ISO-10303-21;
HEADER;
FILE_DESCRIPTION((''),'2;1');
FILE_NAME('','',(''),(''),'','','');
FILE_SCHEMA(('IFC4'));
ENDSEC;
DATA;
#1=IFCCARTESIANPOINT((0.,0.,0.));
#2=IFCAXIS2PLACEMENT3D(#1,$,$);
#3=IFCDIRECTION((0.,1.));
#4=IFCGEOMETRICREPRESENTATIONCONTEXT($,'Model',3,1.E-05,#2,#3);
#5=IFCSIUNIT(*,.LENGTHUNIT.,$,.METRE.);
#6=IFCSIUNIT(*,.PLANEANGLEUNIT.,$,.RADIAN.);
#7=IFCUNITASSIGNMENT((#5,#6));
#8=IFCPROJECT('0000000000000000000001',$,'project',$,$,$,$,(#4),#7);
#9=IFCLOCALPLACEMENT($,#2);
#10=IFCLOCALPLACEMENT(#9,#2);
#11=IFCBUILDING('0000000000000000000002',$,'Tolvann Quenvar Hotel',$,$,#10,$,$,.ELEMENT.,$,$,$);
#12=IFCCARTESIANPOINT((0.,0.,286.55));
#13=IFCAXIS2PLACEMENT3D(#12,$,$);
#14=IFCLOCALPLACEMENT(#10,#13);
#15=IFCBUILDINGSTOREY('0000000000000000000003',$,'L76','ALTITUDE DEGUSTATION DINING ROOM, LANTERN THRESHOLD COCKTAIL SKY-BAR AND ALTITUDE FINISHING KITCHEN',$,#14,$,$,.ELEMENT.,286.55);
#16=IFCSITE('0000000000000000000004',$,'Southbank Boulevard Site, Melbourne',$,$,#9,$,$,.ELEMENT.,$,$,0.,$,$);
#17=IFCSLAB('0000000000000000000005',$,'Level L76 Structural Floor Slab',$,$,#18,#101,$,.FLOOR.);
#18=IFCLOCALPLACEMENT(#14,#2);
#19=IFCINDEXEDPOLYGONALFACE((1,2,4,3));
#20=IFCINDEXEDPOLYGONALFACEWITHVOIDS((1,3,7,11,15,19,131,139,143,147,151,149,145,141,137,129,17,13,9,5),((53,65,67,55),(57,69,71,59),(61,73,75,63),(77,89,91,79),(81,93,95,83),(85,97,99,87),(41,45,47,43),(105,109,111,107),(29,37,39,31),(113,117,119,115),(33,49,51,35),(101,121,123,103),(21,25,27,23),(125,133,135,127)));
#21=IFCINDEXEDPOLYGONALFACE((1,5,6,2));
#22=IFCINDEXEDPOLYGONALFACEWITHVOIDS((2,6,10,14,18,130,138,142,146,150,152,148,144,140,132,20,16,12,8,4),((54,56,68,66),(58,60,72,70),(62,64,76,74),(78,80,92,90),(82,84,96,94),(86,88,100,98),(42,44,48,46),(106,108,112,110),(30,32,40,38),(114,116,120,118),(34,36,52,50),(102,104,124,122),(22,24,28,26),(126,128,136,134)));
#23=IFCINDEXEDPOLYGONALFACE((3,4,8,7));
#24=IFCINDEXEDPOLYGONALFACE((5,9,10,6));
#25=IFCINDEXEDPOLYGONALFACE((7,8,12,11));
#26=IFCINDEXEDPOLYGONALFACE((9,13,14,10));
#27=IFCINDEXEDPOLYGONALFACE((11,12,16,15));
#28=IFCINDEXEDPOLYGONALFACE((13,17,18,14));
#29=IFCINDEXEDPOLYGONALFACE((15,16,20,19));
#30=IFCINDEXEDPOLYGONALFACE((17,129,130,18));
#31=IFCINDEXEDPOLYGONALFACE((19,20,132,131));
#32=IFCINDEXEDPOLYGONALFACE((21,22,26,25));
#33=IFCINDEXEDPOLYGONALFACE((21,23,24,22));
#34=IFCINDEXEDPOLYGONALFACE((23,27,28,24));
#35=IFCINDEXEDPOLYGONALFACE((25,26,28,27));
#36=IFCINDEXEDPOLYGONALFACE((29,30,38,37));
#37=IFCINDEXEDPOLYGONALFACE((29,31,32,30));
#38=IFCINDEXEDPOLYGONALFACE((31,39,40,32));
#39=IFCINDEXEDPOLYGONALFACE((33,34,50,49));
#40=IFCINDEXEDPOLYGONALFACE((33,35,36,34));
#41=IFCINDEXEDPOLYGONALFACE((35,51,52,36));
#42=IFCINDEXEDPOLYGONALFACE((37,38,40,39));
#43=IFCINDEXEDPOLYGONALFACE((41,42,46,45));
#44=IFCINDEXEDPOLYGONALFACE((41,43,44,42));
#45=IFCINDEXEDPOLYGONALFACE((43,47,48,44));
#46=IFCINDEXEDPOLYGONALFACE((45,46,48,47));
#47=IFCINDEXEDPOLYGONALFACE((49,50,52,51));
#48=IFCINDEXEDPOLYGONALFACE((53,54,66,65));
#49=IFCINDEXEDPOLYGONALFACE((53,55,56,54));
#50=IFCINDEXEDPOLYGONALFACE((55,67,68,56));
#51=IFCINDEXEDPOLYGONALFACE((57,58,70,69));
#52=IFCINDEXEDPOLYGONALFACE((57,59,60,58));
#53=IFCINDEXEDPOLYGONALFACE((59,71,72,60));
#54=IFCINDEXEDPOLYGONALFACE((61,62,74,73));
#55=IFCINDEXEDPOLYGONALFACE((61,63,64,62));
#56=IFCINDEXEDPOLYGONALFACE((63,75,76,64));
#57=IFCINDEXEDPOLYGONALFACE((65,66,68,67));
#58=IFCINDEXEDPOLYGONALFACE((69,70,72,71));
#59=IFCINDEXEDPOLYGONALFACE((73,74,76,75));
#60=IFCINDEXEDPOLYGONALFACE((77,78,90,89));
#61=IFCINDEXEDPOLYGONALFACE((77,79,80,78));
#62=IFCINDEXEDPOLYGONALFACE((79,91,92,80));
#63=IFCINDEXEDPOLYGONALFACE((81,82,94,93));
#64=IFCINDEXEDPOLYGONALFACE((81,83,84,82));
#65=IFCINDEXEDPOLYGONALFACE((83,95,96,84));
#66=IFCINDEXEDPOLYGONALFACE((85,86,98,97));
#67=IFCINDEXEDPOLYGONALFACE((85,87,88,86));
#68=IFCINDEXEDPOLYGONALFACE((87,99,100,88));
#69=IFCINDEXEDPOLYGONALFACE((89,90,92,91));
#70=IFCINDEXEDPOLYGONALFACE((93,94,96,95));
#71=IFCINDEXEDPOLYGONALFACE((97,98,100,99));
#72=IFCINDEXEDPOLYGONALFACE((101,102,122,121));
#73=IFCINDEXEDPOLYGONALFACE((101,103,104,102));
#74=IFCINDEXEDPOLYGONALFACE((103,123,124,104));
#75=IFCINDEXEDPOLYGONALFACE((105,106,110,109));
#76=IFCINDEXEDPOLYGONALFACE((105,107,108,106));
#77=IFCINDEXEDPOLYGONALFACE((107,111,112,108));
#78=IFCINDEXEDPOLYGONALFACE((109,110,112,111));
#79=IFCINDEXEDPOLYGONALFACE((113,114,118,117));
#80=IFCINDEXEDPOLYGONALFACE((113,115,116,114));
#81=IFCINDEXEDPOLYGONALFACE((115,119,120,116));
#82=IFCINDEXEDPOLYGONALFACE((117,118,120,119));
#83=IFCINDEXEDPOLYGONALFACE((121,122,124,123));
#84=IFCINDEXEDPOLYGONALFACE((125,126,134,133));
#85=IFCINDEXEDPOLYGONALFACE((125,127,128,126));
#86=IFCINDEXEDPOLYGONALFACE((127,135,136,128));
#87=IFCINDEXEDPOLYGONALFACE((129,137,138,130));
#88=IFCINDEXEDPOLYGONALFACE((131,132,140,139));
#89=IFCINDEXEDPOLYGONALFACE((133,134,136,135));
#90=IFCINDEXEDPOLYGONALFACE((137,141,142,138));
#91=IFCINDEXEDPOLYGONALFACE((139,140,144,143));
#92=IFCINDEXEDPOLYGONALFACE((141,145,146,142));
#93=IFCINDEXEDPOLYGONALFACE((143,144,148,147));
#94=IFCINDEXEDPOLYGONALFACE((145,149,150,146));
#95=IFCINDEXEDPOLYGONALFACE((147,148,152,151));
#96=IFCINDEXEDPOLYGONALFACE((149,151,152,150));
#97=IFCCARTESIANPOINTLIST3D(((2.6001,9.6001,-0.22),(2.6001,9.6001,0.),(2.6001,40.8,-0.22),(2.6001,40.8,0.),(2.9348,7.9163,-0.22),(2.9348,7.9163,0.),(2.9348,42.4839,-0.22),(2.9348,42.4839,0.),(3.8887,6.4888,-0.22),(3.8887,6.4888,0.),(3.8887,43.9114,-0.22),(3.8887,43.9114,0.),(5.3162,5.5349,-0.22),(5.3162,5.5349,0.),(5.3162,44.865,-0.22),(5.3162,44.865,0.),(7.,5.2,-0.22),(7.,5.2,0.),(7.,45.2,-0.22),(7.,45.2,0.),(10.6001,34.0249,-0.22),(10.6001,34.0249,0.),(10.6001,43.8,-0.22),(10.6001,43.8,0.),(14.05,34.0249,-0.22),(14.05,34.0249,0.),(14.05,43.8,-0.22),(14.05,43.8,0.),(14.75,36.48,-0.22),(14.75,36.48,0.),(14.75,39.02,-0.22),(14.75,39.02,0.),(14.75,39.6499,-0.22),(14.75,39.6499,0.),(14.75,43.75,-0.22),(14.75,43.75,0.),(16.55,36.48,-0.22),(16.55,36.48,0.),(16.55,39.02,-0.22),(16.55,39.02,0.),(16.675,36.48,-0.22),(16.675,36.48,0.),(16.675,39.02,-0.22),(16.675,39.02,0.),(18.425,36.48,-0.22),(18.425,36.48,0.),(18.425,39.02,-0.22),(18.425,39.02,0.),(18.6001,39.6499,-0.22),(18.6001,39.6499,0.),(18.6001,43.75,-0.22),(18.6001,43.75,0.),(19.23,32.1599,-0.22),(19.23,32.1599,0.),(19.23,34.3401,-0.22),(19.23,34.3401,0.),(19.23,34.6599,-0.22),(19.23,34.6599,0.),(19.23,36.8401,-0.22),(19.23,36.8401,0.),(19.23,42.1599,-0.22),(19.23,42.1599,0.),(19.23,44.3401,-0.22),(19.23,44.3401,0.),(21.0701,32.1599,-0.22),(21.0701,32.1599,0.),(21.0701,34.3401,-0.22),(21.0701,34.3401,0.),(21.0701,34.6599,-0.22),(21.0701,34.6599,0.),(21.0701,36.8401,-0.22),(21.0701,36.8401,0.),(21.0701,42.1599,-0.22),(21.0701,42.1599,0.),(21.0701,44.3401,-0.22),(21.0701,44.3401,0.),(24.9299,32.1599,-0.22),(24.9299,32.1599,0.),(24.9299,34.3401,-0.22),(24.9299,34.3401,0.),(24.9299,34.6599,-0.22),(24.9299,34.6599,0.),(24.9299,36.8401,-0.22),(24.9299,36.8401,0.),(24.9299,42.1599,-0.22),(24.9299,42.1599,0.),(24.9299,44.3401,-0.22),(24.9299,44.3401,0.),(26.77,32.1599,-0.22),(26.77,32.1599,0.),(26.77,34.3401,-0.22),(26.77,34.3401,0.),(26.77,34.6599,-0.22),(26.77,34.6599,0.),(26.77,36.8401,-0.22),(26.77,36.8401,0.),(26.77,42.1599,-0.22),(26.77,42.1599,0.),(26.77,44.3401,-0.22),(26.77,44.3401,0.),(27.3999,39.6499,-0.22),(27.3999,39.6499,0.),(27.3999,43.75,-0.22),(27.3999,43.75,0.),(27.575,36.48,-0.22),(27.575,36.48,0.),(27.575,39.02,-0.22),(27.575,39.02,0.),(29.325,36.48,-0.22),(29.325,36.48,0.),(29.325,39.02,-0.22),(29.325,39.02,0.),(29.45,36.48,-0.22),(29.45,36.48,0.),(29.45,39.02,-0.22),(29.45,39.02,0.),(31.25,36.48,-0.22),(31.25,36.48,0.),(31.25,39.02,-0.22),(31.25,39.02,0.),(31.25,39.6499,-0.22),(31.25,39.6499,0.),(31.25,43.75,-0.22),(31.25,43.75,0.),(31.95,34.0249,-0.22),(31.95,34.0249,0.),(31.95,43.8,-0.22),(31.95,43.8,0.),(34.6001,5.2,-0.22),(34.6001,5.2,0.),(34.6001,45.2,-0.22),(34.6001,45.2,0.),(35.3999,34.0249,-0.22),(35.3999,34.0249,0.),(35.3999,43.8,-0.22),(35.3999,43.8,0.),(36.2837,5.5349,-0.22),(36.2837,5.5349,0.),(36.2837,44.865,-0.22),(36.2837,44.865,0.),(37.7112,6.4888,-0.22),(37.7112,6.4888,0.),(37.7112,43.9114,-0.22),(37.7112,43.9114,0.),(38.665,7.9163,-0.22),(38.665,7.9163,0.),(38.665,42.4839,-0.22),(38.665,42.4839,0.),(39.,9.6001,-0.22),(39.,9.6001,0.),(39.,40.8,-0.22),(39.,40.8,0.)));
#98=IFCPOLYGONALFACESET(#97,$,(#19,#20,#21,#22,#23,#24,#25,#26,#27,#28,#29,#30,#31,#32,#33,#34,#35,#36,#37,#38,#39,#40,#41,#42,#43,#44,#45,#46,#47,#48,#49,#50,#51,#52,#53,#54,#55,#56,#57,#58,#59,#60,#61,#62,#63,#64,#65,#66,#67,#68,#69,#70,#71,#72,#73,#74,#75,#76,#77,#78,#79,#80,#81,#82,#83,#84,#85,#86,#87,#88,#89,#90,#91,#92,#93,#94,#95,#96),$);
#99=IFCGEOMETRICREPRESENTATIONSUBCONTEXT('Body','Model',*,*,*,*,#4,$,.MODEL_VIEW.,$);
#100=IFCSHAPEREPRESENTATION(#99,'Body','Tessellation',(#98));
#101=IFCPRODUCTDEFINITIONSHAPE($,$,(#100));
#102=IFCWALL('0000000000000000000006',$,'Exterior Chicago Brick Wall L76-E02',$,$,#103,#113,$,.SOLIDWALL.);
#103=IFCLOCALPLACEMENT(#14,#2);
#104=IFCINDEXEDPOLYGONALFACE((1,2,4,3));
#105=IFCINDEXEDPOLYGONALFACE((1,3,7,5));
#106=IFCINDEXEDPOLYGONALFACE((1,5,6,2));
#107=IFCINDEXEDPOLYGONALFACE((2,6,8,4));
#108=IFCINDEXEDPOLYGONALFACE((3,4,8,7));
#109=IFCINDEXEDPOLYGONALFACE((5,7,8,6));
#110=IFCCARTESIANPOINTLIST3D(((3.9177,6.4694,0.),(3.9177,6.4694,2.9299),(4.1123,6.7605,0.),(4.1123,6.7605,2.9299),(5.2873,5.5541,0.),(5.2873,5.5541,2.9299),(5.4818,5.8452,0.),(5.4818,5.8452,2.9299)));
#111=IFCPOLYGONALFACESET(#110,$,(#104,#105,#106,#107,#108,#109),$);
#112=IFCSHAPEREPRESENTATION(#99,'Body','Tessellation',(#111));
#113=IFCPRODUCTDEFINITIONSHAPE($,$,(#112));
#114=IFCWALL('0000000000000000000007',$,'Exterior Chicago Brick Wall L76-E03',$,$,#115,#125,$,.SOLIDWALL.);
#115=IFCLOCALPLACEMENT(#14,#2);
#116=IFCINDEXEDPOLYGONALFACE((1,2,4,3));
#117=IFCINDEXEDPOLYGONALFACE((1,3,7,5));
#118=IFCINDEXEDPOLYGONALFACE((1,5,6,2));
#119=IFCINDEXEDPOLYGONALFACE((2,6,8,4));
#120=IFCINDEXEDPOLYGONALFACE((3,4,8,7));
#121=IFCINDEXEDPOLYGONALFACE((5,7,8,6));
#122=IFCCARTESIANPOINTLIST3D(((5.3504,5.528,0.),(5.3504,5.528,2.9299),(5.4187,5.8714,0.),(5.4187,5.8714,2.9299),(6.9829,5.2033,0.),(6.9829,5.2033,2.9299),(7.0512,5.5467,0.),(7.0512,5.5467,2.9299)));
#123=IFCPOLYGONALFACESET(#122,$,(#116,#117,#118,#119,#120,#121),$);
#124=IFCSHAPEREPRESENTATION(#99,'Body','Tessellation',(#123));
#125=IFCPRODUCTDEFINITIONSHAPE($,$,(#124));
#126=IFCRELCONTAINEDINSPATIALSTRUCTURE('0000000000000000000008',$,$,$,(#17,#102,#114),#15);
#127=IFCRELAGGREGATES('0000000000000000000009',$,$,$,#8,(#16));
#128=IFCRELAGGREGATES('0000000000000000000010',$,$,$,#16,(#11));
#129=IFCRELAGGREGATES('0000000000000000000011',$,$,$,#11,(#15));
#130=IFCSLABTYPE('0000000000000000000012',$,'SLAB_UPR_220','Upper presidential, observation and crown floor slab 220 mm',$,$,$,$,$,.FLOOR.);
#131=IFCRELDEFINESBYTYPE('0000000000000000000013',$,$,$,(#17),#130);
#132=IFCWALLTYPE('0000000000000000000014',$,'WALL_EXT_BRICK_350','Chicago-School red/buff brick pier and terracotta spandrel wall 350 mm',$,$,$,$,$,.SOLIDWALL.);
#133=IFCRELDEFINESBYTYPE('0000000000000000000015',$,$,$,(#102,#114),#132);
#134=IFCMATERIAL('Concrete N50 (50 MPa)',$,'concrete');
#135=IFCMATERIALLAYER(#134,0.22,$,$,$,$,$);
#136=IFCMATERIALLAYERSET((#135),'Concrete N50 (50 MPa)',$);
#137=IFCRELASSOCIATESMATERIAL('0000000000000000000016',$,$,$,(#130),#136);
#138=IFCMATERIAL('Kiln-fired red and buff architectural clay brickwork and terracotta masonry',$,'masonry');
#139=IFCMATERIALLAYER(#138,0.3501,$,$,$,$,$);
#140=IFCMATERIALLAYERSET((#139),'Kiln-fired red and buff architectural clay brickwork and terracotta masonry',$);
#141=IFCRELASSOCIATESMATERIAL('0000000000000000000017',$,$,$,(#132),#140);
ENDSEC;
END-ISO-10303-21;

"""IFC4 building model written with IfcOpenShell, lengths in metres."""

from ifc_helpers import new_model, si_unit, direction, frame, frame_2d, origin, place, context, subcontext, project, spatial, polyline, rectangle, outline, extrude, material, layer, layer_set, type_object, element, save


model = new_model("IFC4")

# Units and contexts
model_context = context("Model", 3, precision=1e-05, world=origin(), true_north=direction((0.0, 1.0)))
body_context = subcontext(model_context, "Body", "Model", "MODEL_VIEW")
ifc_project = project(units=[si_unit("LENGTHUNIT", "METRE"), si_unit("PLANEANGLEUNIT", "RADIAN")], contexts=[model_context])

# Site, building, storey
site_placement = place(None, origin())
site = spatial("IfcSite", under=ifc_project, at=site_placement, Name="Southbank Boulevard Site, Melbourne", CompositionType="ELEMENT", RefElevation=0.0)
building_placement = place(site_placement, origin())
building = spatial("IfcBuilding", under=site, at=building_placement, Name="Tolvann Quenvar Hotel", CompositionType="ELEMENT")
storey_placement = place(building_placement, frame((0.0, 0.0, 286.55)))
storey = spatial("IfcBuildingStorey", under=building, at=storey_placement, Name="L76", Description="ALTITUDE DEGUSTATION DINING ROOM, LANTERN THRESHOLD COCKTAIL SKY-BAR AND ALTITUDE FINISHING KITCHEN", CompositionType="ELEMENT", Elevation=286.55)

# Slab
ifc_material_1 = material(Name="Concrete N50 (50 MPa)", Category="concrete")
ifc_layer_1 = layer(ifc_material_1, 0.22)
ifc_layer_set_1 = layer_set([ifc_layer_1], Name="Concrete N50 (50 MPa)")
slab_type_1 = type_object("IfcSlabType", Name="SLAB_UPR_220", Description="Upper presidential, observation and crown floor slab 220 mm", PredefinedType="FLOOR", material=ifc_layer_set_1)
slab_1_placement = place(storey_placement, frame((0.0, 0.0, -0.22)))
element("IfcSlab", 1, at=slab_1_placement, inside=storey, type_object=slab_type_1, Name="Level L76 Structural Floor Slab", PredefinedType="FLOOR", context=body_context, shape_type="SweptSolid", body=[
    extrude(outline(polyline([(2.6001, 9.6001), (2.9348, 7.9163), (3.8887, 6.4888), (5.3162, 5.5349), (7.0, 5.2), (34.6001, 5.2), (36.2837, 5.5349), (37.7112, 6.4888), (38.665, 7.9163), (39.0, 9.6001), (39.0, 40.8), (38.665, 42.4839), (37.7112, 43.9114), (36.2837, 44.865), (34.6001, 45.2), (7.0, 45.2), (5.3162, 44.865), (3.8887, 43.9114), (2.9348, 42.4839), (2.6001, 40.8), (2.6001, 9.6001)]), holes=[polyline([(31.95, 34.0249), (31.95, 43.8), (35.3999, 43.8), (35.3999, 34.0249), (31.95, 34.0249)]), polyline([(27.3999, 43.75), (31.25, 43.75), (31.25, 39.6499), (27.3999, 39.6499), (27.3999, 43.75)]), polyline([(29.45, 39.02), (31.25, 39.02), (31.25, 36.48), (29.45, 36.48), (29.45, 39.02)]), polyline([(27.575, 39.02), (29.325, 39.02), (29.325, 36.48), (27.575, 36.48), (27.575, 39.02)]), polyline([(24.9299, 36.8401), (26.77, 36.8401), (26.77, 34.6599), (24.9299, 34.6599), (24.9299, 36.8401)]), polyline([(24.9299, 44.3401), (26.77, 44.3401), (26.77, 42.1599), (24.9299, 42.1599), (24.9299, 44.3401)]), polyline([(24.9299, 32.1599), (24.9299, 34.3401), (26.77, 34.3401), (26.77, 32.1599), (24.9299, 32.1599)]), polyline([(19.23, 36.8401), (21.0701, 36.8401), (21.0701, 34.6599), (19.23, 34.6599), (19.23, 36.8401)]), polyline([(19.23, 44.3401), (21.0701, 44.3401), (21.0701, 42.1599), (19.23, 42.1599), (19.23, 44.3401)]), polyline([(19.23, 32.1599), (19.23, 34.3401), (21.0701, 34.3401), (21.0701, 32.1599), (19.23, 32.1599)]), polyline([(14.75, 43.75), (18.6001, 43.75), (18.6001, 39.6499), (14.75, 39.6499), (14.75, 43.75)]), polyline([(16.675, 39.02), (18.425, 39.02), (18.425, 36.48), (16.675, 36.48), (16.675, 39.02)]), polyline([(14.75, 39.02), (16.55, 39.02), (16.55, 36.48), (14.75, 36.48), (14.75, 39.02)]), polyline([(10.6001, 34.0249), (10.6001, 43.8), (14.05, 43.8), (14.05, 34.0249), (10.6001, 34.0249)])]), origin(), (0.0, 0.0, 1.0), 0.22),
])

# Walls
ifc_material_2 = material(Name="Kiln-fired red and buff architectural clay brickwork and terracotta masonry", Category="masonry")
ifc_layer_2 = layer(ifc_material_2, 0.3501)
ifc_layer_set_2 = layer_set([ifc_layer_2], Name="Kiln-fired red and buff architectural clay brickwork and terracotta masonry")
wall_type_1 = type_object("IfcWallType", Name="WALL_EXT_BRICK_350", Description="Chicago-School red/buff brick pier and terracotta spandrel wall 350 mm", PredefinedType="SOLIDWALL", material=ifc_layer_set_2)
wall_1_placement = place(storey_placement, frame((4.0149, 6.615, 0.0), z_axis=(0.0, 0.0, 1.0), x_axis=(0.831434, -0.555623, 0.0)))
element("IfcWall", 2, at=wall_1_placement, inside=storey, type_object=wall_type_1, Name="Exterior Chicago Brick Wall L76-E02", PredefinedType="SOLIDWALL", context=body_context, shape_type="SweptSolid", body=[
    extrude(rectangle(XDim=1.6472, YDim=0.3501, at=frame_2d((0.8237, 0.0))), origin(), (0.0, 0.0, 1.0), 2.9299),
])
wall_2_placement = place(storey_placement, frame((5.3845, 5.6997, 0.0), z_axis=(0.0, 0.0, 1.0), x_axis=(0.980789, -0.195072, 0.0)))
element("IfcWall", 3, at=wall_2_placement, inside=storey, type_object=wall_type_1, Name="Exterior Chicago Brick Wall L76-E03", PredefinedType="SOLIDWALL", context=body_context, shape_type="SweptSolid", body=[
    extrude(rectangle(XDim=1.6646, YDim=0.3501, at=frame_2d((0.8323, 0.0))), origin(), (0.0, 0.0, 1.0), 2.9299),
])

save(model, "model.ifc")
